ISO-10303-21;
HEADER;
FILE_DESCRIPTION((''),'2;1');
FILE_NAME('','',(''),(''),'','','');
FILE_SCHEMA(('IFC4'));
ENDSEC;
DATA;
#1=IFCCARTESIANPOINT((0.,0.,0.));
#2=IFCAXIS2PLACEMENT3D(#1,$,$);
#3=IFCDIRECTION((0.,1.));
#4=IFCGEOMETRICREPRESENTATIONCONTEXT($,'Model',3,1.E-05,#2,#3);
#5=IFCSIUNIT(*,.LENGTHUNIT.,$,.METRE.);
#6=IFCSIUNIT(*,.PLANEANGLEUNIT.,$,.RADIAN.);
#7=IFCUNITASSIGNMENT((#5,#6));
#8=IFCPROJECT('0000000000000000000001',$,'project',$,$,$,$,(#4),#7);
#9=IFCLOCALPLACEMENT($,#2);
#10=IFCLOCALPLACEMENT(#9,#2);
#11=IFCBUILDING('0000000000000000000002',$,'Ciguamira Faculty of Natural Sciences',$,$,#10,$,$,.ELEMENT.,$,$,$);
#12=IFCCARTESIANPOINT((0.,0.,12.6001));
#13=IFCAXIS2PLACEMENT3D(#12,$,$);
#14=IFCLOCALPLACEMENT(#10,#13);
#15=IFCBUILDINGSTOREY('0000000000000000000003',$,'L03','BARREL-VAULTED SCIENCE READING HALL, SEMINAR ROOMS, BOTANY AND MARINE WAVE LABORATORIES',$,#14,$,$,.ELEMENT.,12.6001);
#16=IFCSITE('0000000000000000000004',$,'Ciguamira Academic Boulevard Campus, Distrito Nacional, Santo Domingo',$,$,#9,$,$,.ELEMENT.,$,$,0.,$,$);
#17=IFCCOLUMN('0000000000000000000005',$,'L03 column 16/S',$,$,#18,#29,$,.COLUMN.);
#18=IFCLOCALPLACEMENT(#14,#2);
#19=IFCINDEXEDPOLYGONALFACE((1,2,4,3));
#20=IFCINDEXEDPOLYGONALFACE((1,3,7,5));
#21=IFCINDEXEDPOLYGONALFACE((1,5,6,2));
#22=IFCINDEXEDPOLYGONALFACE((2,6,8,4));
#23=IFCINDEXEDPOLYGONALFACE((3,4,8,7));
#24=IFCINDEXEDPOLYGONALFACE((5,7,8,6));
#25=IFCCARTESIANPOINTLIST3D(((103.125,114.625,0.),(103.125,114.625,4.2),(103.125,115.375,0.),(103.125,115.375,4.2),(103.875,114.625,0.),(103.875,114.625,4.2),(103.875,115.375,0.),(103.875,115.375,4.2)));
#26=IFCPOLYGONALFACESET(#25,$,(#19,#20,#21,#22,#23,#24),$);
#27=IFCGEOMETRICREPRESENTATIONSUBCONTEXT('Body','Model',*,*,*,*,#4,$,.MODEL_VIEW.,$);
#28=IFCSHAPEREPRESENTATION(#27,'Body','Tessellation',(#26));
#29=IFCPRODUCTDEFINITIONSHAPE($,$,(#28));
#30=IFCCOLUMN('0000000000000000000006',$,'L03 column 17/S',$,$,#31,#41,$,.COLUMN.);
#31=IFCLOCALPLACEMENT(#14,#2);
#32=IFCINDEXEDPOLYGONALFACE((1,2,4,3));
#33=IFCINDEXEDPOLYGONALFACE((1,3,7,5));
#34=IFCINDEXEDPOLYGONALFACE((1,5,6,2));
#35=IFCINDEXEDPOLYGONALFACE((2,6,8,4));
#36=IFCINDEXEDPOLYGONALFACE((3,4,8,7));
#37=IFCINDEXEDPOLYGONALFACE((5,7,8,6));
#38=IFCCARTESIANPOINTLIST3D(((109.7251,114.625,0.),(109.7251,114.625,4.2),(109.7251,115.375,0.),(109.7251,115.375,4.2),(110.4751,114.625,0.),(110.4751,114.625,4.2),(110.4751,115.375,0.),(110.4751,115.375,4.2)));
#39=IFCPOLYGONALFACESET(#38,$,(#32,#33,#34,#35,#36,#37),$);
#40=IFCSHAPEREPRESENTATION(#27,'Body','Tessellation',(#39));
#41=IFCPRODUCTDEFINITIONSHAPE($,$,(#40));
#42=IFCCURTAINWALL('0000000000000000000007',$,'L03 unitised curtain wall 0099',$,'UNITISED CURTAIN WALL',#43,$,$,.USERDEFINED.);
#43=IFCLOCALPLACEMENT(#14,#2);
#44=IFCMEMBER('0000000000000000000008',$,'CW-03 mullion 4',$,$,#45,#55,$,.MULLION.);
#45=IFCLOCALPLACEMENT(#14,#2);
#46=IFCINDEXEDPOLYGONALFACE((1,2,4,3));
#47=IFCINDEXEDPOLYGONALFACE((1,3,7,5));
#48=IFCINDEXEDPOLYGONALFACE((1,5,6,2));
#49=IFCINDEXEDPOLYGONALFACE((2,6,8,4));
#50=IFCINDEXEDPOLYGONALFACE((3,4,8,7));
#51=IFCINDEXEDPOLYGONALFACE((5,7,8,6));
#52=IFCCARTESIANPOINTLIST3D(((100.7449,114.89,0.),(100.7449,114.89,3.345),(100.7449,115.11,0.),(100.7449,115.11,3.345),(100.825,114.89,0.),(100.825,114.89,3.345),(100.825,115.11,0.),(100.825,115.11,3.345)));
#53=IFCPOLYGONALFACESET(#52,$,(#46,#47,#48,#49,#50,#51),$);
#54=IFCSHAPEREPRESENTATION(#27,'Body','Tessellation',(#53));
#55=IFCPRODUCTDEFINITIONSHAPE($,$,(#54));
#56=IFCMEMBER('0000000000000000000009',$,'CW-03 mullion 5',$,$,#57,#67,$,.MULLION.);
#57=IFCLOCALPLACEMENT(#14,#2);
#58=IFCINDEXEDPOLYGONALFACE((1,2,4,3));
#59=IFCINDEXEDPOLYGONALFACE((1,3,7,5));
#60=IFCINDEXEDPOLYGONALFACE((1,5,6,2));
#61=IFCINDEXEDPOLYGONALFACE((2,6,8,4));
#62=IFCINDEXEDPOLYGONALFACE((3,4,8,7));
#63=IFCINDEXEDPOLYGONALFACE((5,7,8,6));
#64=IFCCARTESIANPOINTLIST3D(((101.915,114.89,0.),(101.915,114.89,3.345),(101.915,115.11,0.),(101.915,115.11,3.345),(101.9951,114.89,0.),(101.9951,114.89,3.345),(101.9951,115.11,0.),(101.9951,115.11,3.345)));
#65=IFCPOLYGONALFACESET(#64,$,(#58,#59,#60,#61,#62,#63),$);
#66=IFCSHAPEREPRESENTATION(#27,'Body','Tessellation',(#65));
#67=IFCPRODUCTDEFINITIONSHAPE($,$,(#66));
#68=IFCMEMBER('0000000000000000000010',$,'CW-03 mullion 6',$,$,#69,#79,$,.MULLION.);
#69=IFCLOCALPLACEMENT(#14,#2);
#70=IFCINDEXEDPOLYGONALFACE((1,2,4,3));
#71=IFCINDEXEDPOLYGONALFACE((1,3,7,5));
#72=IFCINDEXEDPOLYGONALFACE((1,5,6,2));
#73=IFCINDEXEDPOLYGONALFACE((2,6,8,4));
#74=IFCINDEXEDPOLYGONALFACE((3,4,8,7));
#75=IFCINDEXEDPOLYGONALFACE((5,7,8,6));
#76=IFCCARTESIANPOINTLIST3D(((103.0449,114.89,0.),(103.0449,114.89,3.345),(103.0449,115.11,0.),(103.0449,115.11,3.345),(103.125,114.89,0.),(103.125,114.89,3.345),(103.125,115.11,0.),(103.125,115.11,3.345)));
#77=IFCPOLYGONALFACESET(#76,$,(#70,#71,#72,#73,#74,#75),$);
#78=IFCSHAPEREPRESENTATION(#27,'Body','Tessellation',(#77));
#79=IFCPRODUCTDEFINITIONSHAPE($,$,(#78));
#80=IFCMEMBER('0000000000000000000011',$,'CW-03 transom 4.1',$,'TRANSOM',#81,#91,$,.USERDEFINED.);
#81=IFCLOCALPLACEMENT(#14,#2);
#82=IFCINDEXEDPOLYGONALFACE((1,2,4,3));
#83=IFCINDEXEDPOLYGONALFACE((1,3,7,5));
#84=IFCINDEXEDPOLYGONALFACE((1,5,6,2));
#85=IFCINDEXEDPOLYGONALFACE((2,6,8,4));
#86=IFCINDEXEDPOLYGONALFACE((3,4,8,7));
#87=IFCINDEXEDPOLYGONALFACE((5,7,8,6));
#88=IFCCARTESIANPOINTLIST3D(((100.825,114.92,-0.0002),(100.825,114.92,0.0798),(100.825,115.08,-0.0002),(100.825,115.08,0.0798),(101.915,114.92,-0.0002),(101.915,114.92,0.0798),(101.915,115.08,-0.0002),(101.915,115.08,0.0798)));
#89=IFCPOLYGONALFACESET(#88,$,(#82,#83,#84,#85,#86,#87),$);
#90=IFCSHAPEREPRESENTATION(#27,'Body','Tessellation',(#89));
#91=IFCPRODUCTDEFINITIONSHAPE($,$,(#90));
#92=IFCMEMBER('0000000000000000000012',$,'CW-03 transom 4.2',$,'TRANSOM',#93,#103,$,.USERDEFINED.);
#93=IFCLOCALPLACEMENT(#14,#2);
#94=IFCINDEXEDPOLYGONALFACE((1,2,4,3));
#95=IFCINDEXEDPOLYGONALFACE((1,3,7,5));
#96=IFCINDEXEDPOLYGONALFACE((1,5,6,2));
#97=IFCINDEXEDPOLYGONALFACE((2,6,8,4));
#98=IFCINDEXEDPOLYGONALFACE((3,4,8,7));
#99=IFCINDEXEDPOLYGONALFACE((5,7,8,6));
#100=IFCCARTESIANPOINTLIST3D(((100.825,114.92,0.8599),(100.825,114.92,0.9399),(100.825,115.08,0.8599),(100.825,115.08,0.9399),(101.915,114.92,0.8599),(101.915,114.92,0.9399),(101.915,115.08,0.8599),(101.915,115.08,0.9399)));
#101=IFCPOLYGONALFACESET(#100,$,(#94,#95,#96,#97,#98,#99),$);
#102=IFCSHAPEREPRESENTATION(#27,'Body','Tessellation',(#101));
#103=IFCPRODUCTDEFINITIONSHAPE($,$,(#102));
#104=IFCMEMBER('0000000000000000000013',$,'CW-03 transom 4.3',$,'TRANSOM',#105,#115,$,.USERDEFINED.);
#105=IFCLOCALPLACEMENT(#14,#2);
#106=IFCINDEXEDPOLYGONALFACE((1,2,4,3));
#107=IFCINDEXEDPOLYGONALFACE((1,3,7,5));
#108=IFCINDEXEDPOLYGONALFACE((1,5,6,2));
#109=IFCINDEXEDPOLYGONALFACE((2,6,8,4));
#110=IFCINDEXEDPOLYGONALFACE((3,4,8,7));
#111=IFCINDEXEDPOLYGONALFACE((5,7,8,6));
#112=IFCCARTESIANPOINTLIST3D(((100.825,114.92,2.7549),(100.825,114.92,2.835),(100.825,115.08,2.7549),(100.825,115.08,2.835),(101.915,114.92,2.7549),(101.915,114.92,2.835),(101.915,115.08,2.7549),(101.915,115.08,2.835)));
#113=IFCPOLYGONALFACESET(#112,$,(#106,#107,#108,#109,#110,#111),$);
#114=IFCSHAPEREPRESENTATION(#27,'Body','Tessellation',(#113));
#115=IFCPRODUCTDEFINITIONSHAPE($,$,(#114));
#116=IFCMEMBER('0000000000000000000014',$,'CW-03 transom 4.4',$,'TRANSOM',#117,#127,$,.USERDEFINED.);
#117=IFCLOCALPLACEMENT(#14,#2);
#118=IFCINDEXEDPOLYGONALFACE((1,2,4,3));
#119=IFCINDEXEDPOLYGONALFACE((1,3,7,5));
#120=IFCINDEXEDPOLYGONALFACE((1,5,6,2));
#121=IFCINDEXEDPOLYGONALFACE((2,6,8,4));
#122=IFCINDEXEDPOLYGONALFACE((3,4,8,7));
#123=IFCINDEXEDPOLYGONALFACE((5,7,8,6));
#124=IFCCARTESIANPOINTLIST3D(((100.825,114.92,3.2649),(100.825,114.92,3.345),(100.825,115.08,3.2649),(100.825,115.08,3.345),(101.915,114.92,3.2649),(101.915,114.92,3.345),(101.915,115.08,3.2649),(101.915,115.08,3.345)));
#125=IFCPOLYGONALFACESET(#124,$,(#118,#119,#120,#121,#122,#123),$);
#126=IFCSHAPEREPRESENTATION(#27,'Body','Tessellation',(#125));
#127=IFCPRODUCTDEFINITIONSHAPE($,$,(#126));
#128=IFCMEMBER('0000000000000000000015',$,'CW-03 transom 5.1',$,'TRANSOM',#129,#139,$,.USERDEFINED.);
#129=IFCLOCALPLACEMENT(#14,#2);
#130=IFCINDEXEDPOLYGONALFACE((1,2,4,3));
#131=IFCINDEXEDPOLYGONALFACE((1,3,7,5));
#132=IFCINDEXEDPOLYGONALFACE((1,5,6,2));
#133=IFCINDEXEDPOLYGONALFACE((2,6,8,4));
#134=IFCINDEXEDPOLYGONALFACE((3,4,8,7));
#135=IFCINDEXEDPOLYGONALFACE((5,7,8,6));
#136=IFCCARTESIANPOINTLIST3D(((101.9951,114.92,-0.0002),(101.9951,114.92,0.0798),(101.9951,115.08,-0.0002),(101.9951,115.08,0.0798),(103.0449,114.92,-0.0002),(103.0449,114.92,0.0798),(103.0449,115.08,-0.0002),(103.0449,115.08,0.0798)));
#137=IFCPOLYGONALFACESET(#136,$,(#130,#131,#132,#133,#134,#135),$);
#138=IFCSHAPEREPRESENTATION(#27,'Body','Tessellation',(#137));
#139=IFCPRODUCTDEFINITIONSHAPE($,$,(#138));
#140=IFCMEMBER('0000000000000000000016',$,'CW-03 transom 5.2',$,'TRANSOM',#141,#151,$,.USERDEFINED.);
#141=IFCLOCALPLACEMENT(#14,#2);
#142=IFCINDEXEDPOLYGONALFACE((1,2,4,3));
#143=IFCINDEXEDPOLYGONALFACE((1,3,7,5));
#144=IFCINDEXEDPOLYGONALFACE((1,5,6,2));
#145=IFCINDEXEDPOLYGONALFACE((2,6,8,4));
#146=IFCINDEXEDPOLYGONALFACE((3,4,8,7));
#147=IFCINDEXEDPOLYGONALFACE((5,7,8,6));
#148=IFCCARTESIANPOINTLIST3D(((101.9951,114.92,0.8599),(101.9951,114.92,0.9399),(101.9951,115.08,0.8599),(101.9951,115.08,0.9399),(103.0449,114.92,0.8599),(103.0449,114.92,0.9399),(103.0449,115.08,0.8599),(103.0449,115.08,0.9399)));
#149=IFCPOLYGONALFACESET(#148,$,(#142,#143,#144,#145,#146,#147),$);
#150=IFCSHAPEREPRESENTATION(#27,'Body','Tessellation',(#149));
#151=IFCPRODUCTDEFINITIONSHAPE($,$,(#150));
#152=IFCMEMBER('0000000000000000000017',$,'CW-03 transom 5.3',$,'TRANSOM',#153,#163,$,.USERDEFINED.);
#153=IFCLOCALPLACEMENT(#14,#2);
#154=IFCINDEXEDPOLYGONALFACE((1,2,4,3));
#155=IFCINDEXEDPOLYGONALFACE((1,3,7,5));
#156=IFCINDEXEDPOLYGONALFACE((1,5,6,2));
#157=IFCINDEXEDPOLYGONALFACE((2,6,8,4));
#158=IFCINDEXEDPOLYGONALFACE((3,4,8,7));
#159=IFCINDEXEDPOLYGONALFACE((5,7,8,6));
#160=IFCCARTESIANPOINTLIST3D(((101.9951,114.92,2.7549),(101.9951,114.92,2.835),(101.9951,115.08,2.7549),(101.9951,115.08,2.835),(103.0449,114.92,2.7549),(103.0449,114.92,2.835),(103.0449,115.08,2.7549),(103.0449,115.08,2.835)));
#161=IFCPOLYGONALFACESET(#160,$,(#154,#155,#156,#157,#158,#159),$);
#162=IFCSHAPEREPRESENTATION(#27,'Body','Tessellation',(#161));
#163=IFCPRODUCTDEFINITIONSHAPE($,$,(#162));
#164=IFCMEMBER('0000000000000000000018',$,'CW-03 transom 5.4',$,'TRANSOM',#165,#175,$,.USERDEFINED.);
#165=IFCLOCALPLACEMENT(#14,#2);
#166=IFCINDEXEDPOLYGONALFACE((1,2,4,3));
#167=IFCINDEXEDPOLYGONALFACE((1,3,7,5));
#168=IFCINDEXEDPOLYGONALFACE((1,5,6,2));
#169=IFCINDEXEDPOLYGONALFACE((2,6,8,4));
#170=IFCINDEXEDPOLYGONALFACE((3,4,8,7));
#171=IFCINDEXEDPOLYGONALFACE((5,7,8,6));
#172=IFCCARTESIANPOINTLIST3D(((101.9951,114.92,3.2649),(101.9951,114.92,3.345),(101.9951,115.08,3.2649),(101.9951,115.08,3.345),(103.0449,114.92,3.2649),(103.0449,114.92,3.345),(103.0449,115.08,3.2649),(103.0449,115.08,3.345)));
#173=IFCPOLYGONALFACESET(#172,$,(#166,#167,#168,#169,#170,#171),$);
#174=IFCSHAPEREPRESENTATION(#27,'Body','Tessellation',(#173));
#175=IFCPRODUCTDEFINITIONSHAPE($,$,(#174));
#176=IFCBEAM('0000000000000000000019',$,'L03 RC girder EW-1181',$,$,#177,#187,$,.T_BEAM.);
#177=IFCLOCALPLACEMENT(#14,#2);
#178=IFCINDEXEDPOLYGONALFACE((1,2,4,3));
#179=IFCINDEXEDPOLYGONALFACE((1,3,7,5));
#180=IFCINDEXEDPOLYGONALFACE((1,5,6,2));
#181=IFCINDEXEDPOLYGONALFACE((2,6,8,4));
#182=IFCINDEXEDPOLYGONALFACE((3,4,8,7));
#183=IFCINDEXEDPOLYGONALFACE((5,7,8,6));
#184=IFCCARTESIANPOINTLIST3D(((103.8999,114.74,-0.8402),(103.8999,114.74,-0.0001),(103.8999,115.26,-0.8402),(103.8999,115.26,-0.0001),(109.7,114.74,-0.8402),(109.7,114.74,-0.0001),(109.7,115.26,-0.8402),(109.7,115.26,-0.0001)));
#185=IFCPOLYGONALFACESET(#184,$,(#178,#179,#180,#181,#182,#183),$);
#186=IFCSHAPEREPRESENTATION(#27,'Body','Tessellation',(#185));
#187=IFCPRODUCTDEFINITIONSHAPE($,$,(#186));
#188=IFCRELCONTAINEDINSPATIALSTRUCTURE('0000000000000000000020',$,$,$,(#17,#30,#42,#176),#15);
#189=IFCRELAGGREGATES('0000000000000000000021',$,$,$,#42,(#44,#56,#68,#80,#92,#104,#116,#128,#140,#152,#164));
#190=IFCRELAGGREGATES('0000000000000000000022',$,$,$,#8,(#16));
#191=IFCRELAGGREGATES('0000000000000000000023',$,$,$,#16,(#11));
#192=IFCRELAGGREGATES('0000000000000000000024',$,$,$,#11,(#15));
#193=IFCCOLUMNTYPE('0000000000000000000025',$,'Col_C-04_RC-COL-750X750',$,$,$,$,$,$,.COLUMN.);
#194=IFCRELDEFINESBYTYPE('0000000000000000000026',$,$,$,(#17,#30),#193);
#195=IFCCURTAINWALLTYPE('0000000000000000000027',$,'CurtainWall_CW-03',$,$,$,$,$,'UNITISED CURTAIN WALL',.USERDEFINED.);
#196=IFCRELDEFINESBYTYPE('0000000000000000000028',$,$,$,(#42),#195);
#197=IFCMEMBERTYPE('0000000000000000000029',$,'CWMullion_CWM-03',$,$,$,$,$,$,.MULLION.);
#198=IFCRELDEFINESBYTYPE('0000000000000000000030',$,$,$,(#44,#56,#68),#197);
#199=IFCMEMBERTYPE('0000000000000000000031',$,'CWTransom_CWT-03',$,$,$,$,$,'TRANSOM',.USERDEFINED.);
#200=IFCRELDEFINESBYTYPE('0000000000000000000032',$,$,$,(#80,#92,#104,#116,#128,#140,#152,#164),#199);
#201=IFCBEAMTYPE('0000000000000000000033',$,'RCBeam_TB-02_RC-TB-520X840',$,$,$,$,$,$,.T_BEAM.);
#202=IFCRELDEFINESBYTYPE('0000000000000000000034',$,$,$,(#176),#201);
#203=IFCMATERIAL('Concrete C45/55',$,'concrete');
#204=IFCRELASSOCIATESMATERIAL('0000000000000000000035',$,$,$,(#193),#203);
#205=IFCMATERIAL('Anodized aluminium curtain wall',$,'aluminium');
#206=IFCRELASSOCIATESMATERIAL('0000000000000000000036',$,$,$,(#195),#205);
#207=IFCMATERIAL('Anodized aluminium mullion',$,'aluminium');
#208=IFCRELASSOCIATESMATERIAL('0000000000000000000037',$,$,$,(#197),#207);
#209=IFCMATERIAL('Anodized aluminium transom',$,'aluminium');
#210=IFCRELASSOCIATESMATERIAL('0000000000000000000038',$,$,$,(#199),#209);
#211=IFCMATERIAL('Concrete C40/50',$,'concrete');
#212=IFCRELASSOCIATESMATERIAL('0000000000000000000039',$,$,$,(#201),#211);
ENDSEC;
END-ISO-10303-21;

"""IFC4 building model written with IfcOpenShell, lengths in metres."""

from ifc_helpers import new_model, si_unit, direction, frame, origin, origin_2d, place, context, subcontext, project, spatial, rectangle, extrude, material, material_profile, profile_set, type_object, element, aggregate, save


model = new_model("IFC4")

# Units and contexts
model_context = context("Model", 3, precision=1e-05, world=origin(), true_north=direction((0.0, 1.0)))
body_context = subcontext(model_context, "Body", "Model", "MODEL_VIEW")
ifc_project = project(units=[si_unit("LENGTHUNIT", "METRE"), si_unit("PLANEANGLEUNIT", "RADIAN")], contexts=[model_context])

# Site, building, storey
site_placement = place(None, origin())
site = spatial("IfcSite", under=ifc_project, at=site_placement, Name="Ciguamira Academic Boulevard Campus, Distrito Nacional, Santo Domingo", CompositionType="ELEMENT", RefElevation=0.0)
building_placement = place(site_placement, origin())
building = spatial("IfcBuilding", under=site, at=building_placement, Name="Ciguamira Faculty of Natural Sciences", CompositionType="ELEMENT")
storey_placement = place(building_placement, frame((0.0, 0.0, 12.6001)))
storey = spatial("IfcBuildingStorey", under=building, at=storey_placement, Name="L03", Description="BARREL-VAULTED SCIENCE READING HALL, SEMINAR ROOMS, BOTANY AND MARINE WAVE LABORATORIES", CompositionType="ELEMENT", Elevation=12.6001)

# Columns
ifc_material_1 = material(Name="Concrete C45/55", Category="concrete")
ifc_material_profile_1 = material_profile(ifc_material_1, rectangle(XDim=0.75, YDim=0.75, at=origin_2d()), Name="RC-COL-750X750")
ifc_profile_set_1 = profile_set([ifc_material_profile_1], Name="Concrete C45/55")
column_type = type_object("IfcColumnType", Name="Col_C-04_RC-COL-750X750", PredefinedType="COLUMN", material=ifc_profile_set_1)
for number, where, z_axis, x_axis, name in (
    (1, (103.5, 115.0, 0.0), (0.0, 0.0, 1.0), (1.0, 0.0, 0.0), "L03 column 16/S"),
    (2, (110.1001, 115.0, 0.0), (0.0, 0.0, 1.0), (1.0, 0.0, 0.0), "L03 column 17/S"),
):
    element("IfcColumn", number, at=place(storey_placement, frame(where, z_axis=z_axis, x_axis=x_axis)), inside=storey, type_object=column_type, Name=name, PredefinedType="COLUMN", context=body_context, shape_type="SweptSolid", body=[
        extrude(rectangle(XDim=0.75, YDim=0.75, at=origin_2d()), origin(), (0.0, 0.0, 1.0), 4.2),
    ])

# Curtain wall, members
ifc_material_2 = material(Name="Anodized aluminium curtain wall", Category="aluminium")
curtain_wall_type = type_object("IfcCurtainWallType", Name="CurtainWall_CW-03", ElementType="UNITISED CURTAIN WALL", PredefinedType="USERDEFINED", material=ifc_material_2)
curtain_wall_placement = place(storey_placement, origin())
curtain_wall = element("IfcCurtainWall", 3, at=curtain_wall_placement, inside=storey, type_object=curtain_wall_type, Name="L03 unitised curtain wall 0099", ObjectType="UNITISED CURTAIN WALL", PredefinedType="USERDEFINED")
ifc_material_3 = material(Name="Anodized aluminium mullion", Category="aluminium")
ifc_material_profile_2 = material_profile(ifc_material_3, rectangle(XDim=0.0801, YDim=0.22, at=origin_2d()), Name="ALU-MUL-80X220")
ifc_profile_set_2 = profile_set([ifc_material_profile_2], Name="Anodized aluminium mullion")
member_type_1 = type_object("IfcMemberType", Name="CWMullion_CWM-03", PredefinedType="MULLION", material=ifc_profile_set_2)
member_1_placement = place(storey_placement, frame((100.7849, 115.0, 0.0), z_axis=(0.0, 0.0, 1.0), x_axis=(1.0, 0.0, 0.0)))
member_1 = element("IfcMember", 4, at=member_1_placement, type_object=member_type_1, Name="CW-03 mullion 4", PredefinedType="MULLION", context=body_context, shape_type="SweptSolid", body=[
    extrude(rectangle(XDim=0.0801, YDim=0.22, at=origin_2d()), origin(), (0.0, 0.0, 1.0), 3.345),
])
member_2_placement = place(storey_placement, frame((101.9551, 115.0, 0.0), z_axis=(0.0, 0.0, 1.0), x_axis=(1.0, 0.0, 0.0)))
member_2 = element("IfcMember", 5, at=member_2_placement, type_object=member_type_1, Name="CW-03 mullion 5", PredefinedType="MULLION", context=body_context, shape_type="SweptSolid", body=[
    extrude(rectangle(XDim=0.0801, YDim=0.22, at=origin_2d()), origin(), (0.0, 0.0, 1.0), 3.345),
])
member_3_placement = place(storey_placement, frame((103.085, 115.0, 0.0), z_axis=(0.0, 0.0, 1.0), x_axis=(1.0, 0.0, 0.0)))
member_3 = element("IfcMember", 6, at=member_3_placement, type_object=member_type_1, Name="CW-03 mullion 6", PredefinedType="MULLION", context=body_context, shape_type="SweptSolid", body=[
    extrude(rectangle(XDim=0.0801, YDim=0.22, at=origin_2d()), origin(), (0.0, 0.0, 1.0), 3.345),
])
ifc_material_4 = material(Name="Anodized aluminium transom", Category="aluminium")
ifc_material_profile_3 = material_profile(ifc_material_4, rectangle(XDim=0.0801, YDim=0.1599, at=origin_2d()), Name="ALU-TRN-80X160")
ifc_profile_set_3 = profile_set([ifc_material_profile_3], Name="Anodized aluminium transom")
member_type_2 = type_object("IfcMemberType", Name="CWTransom_CWT-03", ElementType="TRANSOM", PredefinedType="USERDEFINED", material=ifc_profile_set_3)
member_4_placement = place(storey_placement, frame((100.825, 115.0, 0.0398), z_axis=(1.0, 0.0, 0.0), x_axis=(0.0, 0.0, 1.0)))
member_4 = element("IfcMember", 7, at=member_4_placement, type_object=member_type_2, Name="CW-03 transom 4.1", ObjectType="TRANSOM", PredefinedType="USERDEFINED", context=body_context, shape_type="SweptSolid", body=[
    extrude(rectangle(XDim=0.0801, YDim=0.1599, at=origin_2d()), origin(), (0.0, 0.0, 1.0), 1.0901),
])
member_5_placement = place(storey_placement, frame((100.825, 115.0, 0.8999), z_axis=(1.0, 0.0, 0.0), x_axis=(0.0, 0.0, 1.0)))
member_5 = element("IfcMember", 8, at=member_5_placement, type_object=member_type_2, Name="CW-03 transom 4.2", ObjectType="TRANSOM", PredefinedType="USERDEFINED", context=body_context, shape_type="SweptSolid", body=[
    extrude(rectangle(XDim=0.0801, YDim=0.1599, at=origin_2d()), origin(), (0.0, 0.0, 1.0), 1.0901),
])
member_6_placement = place(storey_placement, frame((100.825, 115.0, 2.7949), z_axis=(1.0, 0.0, 0.0), x_axis=(0.0, 0.0, 1.0)))
member_6 = element("IfcMember", 9, at=member_6_placement, type_object=member_type_2, Name="CW-03 transom 4.3", ObjectType="TRANSOM", PredefinedType="USERDEFINED", context=body_context, shape_type="SweptSolid", body=[
    extrude(rectangle(XDim=0.0801, YDim=0.1599, at=origin_2d()), origin(), (0.0, 0.0, 1.0), 1.0901),
])
member_7_placement = place(storey_placement, frame((100.825, 115.0, 3.3049), z_axis=(1.0, 0.0, 0.0), x_axis=(0.0, 0.0, 1.0)))
member_7 = element("IfcMember", 10, at=member_7_placement, type_object=member_type_2, Name="CW-03 transom 4.4", ObjectType="TRANSOM", PredefinedType="USERDEFINED", context=body_context, shape_type="SweptSolid", body=[
    extrude(rectangle(XDim=0.0801, YDim=0.1599, at=origin_2d()), origin(), (0.0, 0.0, 1.0), 1.0901),
])
member_8_placement = place(storey_placement, frame((101.9951, 115.0, 0.0398), z_axis=(1.0, 0.0, 0.0), x_axis=(0.0, 0.0, 1.0)))
member_8 = element("IfcMember", 11, at=member_8_placement, type_object=member_type_2, Name="CW-03 transom 5.1", ObjectType="TRANSOM", PredefinedType="USERDEFINED", context=body_context, shape_type="SweptSolid", body=[
    extrude(rectangle(XDim=0.0801, YDim=0.1599, at=origin_2d()), origin(), (0.0, 0.0, 1.0), 1.0498),
])
member_9_placement = place(storey_placement, frame((101.9951, 115.0, 0.8999), z_axis=(1.0, 0.0, 0.0), x_axis=(0.0, 0.0, 1.0)))
member_9 = element("IfcMember", 12, at=member_9_placement, type_object=member_type_2, Name="CW-03 transom 5.2", ObjectType="TRANSOM", PredefinedType="USERDEFINED", context=body_context, shape_type="SweptSolid", body=[
    extrude(rectangle(XDim=0.0801, YDim=0.1599, at=origin_2d()), origin(), (0.0, 0.0, 1.0), 1.0498),
])
member_10_placement = place(storey_placement, frame((101.9951, 115.0, 2.7949), z_axis=(1.0, 0.0, 0.0), x_axis=(0.0, 0.0, 1.0)))
member_10 = element("IfcMember", 13, at=member_10_placement, type_object=member_type_2, Name="CW-03 transom 5.3", ObjectType="TRANSOM", PredefinedType="USERDEFINED", context=body_context, shape_type="SweptSolid", body=[
    extrude(rectangle(XDim=0.0801, YDim=0.1599, at=origin_2d()), origin(), (0.0, 0.0, 1.0), 1.0498),
])
member_11_placement = place(storey_placement, frame((101.9951, 115.0, 3.3049), z_axis=(1.0, 0.0, 0.0), x_axis=(0.0, 0.0, 1.0)))
member_11 = element("IfcMember", 14, at=member_11_placement, type_object=member_type_2, Name="CW-03 transom 5.4", ObjectType="TRANSOM", PredefinedType="USERDEFINED", context=body_context, shape_type="SweptSolid", body=[
    extrude(rectangle(XDim=0.0801, YDim=0.1599, at=origin_2d()), origin(), (0.0, 0.0, 1.0), 1.0498),
])

# Beam
ifc_material_5 = material(Name="Concrete C40/50", Category="concrete")
ifc_material_profile_4 = material_profile(ifc_material_5, rectangle(XDim=0.52, YDim=0.8401, at=origin_2d()), Name="RC-TB-520X840")
ifc_profile_set_4 = profile_set([ifc_material_profile_4], Name="Concrete C40/50")
beam_type = type_object("IfcBeamType", Name="RCBeam_TB-02_RC-TB-520X840", PredefinedType="T_BEAM", material=ifc_profile_set_4)
for number, where, z_axis, x_axis, name in (
    (15, (103.8999, 115.0, -0.4202), (1.0, 0.0, 0.0), (0.0, 1.0, 0.0), "L03 RC girder EW-1181"),
):
    element("IfcBeam", number, at=place(storey_placement, frame(where, z_axis=z_axis, x_axis=x_axis)), inside=storey, type_object=beam_type, Name=name, PredefinedType="T_BEAM", context=body_context, shape_type="SweptSolid", body=[
        extrude(rectangle(XDim=0.52, YDim=0.8401, at=origin_2d()), origin(), (0.0, 0.0, 1.0), 5.8),
    ])

aggregate(curtain_wall, [member_1, member_2, member_3, member_4, member_5, member_6, member_7, member_8, member_9, member_10, member_11])

save(model, "model.ifc")
